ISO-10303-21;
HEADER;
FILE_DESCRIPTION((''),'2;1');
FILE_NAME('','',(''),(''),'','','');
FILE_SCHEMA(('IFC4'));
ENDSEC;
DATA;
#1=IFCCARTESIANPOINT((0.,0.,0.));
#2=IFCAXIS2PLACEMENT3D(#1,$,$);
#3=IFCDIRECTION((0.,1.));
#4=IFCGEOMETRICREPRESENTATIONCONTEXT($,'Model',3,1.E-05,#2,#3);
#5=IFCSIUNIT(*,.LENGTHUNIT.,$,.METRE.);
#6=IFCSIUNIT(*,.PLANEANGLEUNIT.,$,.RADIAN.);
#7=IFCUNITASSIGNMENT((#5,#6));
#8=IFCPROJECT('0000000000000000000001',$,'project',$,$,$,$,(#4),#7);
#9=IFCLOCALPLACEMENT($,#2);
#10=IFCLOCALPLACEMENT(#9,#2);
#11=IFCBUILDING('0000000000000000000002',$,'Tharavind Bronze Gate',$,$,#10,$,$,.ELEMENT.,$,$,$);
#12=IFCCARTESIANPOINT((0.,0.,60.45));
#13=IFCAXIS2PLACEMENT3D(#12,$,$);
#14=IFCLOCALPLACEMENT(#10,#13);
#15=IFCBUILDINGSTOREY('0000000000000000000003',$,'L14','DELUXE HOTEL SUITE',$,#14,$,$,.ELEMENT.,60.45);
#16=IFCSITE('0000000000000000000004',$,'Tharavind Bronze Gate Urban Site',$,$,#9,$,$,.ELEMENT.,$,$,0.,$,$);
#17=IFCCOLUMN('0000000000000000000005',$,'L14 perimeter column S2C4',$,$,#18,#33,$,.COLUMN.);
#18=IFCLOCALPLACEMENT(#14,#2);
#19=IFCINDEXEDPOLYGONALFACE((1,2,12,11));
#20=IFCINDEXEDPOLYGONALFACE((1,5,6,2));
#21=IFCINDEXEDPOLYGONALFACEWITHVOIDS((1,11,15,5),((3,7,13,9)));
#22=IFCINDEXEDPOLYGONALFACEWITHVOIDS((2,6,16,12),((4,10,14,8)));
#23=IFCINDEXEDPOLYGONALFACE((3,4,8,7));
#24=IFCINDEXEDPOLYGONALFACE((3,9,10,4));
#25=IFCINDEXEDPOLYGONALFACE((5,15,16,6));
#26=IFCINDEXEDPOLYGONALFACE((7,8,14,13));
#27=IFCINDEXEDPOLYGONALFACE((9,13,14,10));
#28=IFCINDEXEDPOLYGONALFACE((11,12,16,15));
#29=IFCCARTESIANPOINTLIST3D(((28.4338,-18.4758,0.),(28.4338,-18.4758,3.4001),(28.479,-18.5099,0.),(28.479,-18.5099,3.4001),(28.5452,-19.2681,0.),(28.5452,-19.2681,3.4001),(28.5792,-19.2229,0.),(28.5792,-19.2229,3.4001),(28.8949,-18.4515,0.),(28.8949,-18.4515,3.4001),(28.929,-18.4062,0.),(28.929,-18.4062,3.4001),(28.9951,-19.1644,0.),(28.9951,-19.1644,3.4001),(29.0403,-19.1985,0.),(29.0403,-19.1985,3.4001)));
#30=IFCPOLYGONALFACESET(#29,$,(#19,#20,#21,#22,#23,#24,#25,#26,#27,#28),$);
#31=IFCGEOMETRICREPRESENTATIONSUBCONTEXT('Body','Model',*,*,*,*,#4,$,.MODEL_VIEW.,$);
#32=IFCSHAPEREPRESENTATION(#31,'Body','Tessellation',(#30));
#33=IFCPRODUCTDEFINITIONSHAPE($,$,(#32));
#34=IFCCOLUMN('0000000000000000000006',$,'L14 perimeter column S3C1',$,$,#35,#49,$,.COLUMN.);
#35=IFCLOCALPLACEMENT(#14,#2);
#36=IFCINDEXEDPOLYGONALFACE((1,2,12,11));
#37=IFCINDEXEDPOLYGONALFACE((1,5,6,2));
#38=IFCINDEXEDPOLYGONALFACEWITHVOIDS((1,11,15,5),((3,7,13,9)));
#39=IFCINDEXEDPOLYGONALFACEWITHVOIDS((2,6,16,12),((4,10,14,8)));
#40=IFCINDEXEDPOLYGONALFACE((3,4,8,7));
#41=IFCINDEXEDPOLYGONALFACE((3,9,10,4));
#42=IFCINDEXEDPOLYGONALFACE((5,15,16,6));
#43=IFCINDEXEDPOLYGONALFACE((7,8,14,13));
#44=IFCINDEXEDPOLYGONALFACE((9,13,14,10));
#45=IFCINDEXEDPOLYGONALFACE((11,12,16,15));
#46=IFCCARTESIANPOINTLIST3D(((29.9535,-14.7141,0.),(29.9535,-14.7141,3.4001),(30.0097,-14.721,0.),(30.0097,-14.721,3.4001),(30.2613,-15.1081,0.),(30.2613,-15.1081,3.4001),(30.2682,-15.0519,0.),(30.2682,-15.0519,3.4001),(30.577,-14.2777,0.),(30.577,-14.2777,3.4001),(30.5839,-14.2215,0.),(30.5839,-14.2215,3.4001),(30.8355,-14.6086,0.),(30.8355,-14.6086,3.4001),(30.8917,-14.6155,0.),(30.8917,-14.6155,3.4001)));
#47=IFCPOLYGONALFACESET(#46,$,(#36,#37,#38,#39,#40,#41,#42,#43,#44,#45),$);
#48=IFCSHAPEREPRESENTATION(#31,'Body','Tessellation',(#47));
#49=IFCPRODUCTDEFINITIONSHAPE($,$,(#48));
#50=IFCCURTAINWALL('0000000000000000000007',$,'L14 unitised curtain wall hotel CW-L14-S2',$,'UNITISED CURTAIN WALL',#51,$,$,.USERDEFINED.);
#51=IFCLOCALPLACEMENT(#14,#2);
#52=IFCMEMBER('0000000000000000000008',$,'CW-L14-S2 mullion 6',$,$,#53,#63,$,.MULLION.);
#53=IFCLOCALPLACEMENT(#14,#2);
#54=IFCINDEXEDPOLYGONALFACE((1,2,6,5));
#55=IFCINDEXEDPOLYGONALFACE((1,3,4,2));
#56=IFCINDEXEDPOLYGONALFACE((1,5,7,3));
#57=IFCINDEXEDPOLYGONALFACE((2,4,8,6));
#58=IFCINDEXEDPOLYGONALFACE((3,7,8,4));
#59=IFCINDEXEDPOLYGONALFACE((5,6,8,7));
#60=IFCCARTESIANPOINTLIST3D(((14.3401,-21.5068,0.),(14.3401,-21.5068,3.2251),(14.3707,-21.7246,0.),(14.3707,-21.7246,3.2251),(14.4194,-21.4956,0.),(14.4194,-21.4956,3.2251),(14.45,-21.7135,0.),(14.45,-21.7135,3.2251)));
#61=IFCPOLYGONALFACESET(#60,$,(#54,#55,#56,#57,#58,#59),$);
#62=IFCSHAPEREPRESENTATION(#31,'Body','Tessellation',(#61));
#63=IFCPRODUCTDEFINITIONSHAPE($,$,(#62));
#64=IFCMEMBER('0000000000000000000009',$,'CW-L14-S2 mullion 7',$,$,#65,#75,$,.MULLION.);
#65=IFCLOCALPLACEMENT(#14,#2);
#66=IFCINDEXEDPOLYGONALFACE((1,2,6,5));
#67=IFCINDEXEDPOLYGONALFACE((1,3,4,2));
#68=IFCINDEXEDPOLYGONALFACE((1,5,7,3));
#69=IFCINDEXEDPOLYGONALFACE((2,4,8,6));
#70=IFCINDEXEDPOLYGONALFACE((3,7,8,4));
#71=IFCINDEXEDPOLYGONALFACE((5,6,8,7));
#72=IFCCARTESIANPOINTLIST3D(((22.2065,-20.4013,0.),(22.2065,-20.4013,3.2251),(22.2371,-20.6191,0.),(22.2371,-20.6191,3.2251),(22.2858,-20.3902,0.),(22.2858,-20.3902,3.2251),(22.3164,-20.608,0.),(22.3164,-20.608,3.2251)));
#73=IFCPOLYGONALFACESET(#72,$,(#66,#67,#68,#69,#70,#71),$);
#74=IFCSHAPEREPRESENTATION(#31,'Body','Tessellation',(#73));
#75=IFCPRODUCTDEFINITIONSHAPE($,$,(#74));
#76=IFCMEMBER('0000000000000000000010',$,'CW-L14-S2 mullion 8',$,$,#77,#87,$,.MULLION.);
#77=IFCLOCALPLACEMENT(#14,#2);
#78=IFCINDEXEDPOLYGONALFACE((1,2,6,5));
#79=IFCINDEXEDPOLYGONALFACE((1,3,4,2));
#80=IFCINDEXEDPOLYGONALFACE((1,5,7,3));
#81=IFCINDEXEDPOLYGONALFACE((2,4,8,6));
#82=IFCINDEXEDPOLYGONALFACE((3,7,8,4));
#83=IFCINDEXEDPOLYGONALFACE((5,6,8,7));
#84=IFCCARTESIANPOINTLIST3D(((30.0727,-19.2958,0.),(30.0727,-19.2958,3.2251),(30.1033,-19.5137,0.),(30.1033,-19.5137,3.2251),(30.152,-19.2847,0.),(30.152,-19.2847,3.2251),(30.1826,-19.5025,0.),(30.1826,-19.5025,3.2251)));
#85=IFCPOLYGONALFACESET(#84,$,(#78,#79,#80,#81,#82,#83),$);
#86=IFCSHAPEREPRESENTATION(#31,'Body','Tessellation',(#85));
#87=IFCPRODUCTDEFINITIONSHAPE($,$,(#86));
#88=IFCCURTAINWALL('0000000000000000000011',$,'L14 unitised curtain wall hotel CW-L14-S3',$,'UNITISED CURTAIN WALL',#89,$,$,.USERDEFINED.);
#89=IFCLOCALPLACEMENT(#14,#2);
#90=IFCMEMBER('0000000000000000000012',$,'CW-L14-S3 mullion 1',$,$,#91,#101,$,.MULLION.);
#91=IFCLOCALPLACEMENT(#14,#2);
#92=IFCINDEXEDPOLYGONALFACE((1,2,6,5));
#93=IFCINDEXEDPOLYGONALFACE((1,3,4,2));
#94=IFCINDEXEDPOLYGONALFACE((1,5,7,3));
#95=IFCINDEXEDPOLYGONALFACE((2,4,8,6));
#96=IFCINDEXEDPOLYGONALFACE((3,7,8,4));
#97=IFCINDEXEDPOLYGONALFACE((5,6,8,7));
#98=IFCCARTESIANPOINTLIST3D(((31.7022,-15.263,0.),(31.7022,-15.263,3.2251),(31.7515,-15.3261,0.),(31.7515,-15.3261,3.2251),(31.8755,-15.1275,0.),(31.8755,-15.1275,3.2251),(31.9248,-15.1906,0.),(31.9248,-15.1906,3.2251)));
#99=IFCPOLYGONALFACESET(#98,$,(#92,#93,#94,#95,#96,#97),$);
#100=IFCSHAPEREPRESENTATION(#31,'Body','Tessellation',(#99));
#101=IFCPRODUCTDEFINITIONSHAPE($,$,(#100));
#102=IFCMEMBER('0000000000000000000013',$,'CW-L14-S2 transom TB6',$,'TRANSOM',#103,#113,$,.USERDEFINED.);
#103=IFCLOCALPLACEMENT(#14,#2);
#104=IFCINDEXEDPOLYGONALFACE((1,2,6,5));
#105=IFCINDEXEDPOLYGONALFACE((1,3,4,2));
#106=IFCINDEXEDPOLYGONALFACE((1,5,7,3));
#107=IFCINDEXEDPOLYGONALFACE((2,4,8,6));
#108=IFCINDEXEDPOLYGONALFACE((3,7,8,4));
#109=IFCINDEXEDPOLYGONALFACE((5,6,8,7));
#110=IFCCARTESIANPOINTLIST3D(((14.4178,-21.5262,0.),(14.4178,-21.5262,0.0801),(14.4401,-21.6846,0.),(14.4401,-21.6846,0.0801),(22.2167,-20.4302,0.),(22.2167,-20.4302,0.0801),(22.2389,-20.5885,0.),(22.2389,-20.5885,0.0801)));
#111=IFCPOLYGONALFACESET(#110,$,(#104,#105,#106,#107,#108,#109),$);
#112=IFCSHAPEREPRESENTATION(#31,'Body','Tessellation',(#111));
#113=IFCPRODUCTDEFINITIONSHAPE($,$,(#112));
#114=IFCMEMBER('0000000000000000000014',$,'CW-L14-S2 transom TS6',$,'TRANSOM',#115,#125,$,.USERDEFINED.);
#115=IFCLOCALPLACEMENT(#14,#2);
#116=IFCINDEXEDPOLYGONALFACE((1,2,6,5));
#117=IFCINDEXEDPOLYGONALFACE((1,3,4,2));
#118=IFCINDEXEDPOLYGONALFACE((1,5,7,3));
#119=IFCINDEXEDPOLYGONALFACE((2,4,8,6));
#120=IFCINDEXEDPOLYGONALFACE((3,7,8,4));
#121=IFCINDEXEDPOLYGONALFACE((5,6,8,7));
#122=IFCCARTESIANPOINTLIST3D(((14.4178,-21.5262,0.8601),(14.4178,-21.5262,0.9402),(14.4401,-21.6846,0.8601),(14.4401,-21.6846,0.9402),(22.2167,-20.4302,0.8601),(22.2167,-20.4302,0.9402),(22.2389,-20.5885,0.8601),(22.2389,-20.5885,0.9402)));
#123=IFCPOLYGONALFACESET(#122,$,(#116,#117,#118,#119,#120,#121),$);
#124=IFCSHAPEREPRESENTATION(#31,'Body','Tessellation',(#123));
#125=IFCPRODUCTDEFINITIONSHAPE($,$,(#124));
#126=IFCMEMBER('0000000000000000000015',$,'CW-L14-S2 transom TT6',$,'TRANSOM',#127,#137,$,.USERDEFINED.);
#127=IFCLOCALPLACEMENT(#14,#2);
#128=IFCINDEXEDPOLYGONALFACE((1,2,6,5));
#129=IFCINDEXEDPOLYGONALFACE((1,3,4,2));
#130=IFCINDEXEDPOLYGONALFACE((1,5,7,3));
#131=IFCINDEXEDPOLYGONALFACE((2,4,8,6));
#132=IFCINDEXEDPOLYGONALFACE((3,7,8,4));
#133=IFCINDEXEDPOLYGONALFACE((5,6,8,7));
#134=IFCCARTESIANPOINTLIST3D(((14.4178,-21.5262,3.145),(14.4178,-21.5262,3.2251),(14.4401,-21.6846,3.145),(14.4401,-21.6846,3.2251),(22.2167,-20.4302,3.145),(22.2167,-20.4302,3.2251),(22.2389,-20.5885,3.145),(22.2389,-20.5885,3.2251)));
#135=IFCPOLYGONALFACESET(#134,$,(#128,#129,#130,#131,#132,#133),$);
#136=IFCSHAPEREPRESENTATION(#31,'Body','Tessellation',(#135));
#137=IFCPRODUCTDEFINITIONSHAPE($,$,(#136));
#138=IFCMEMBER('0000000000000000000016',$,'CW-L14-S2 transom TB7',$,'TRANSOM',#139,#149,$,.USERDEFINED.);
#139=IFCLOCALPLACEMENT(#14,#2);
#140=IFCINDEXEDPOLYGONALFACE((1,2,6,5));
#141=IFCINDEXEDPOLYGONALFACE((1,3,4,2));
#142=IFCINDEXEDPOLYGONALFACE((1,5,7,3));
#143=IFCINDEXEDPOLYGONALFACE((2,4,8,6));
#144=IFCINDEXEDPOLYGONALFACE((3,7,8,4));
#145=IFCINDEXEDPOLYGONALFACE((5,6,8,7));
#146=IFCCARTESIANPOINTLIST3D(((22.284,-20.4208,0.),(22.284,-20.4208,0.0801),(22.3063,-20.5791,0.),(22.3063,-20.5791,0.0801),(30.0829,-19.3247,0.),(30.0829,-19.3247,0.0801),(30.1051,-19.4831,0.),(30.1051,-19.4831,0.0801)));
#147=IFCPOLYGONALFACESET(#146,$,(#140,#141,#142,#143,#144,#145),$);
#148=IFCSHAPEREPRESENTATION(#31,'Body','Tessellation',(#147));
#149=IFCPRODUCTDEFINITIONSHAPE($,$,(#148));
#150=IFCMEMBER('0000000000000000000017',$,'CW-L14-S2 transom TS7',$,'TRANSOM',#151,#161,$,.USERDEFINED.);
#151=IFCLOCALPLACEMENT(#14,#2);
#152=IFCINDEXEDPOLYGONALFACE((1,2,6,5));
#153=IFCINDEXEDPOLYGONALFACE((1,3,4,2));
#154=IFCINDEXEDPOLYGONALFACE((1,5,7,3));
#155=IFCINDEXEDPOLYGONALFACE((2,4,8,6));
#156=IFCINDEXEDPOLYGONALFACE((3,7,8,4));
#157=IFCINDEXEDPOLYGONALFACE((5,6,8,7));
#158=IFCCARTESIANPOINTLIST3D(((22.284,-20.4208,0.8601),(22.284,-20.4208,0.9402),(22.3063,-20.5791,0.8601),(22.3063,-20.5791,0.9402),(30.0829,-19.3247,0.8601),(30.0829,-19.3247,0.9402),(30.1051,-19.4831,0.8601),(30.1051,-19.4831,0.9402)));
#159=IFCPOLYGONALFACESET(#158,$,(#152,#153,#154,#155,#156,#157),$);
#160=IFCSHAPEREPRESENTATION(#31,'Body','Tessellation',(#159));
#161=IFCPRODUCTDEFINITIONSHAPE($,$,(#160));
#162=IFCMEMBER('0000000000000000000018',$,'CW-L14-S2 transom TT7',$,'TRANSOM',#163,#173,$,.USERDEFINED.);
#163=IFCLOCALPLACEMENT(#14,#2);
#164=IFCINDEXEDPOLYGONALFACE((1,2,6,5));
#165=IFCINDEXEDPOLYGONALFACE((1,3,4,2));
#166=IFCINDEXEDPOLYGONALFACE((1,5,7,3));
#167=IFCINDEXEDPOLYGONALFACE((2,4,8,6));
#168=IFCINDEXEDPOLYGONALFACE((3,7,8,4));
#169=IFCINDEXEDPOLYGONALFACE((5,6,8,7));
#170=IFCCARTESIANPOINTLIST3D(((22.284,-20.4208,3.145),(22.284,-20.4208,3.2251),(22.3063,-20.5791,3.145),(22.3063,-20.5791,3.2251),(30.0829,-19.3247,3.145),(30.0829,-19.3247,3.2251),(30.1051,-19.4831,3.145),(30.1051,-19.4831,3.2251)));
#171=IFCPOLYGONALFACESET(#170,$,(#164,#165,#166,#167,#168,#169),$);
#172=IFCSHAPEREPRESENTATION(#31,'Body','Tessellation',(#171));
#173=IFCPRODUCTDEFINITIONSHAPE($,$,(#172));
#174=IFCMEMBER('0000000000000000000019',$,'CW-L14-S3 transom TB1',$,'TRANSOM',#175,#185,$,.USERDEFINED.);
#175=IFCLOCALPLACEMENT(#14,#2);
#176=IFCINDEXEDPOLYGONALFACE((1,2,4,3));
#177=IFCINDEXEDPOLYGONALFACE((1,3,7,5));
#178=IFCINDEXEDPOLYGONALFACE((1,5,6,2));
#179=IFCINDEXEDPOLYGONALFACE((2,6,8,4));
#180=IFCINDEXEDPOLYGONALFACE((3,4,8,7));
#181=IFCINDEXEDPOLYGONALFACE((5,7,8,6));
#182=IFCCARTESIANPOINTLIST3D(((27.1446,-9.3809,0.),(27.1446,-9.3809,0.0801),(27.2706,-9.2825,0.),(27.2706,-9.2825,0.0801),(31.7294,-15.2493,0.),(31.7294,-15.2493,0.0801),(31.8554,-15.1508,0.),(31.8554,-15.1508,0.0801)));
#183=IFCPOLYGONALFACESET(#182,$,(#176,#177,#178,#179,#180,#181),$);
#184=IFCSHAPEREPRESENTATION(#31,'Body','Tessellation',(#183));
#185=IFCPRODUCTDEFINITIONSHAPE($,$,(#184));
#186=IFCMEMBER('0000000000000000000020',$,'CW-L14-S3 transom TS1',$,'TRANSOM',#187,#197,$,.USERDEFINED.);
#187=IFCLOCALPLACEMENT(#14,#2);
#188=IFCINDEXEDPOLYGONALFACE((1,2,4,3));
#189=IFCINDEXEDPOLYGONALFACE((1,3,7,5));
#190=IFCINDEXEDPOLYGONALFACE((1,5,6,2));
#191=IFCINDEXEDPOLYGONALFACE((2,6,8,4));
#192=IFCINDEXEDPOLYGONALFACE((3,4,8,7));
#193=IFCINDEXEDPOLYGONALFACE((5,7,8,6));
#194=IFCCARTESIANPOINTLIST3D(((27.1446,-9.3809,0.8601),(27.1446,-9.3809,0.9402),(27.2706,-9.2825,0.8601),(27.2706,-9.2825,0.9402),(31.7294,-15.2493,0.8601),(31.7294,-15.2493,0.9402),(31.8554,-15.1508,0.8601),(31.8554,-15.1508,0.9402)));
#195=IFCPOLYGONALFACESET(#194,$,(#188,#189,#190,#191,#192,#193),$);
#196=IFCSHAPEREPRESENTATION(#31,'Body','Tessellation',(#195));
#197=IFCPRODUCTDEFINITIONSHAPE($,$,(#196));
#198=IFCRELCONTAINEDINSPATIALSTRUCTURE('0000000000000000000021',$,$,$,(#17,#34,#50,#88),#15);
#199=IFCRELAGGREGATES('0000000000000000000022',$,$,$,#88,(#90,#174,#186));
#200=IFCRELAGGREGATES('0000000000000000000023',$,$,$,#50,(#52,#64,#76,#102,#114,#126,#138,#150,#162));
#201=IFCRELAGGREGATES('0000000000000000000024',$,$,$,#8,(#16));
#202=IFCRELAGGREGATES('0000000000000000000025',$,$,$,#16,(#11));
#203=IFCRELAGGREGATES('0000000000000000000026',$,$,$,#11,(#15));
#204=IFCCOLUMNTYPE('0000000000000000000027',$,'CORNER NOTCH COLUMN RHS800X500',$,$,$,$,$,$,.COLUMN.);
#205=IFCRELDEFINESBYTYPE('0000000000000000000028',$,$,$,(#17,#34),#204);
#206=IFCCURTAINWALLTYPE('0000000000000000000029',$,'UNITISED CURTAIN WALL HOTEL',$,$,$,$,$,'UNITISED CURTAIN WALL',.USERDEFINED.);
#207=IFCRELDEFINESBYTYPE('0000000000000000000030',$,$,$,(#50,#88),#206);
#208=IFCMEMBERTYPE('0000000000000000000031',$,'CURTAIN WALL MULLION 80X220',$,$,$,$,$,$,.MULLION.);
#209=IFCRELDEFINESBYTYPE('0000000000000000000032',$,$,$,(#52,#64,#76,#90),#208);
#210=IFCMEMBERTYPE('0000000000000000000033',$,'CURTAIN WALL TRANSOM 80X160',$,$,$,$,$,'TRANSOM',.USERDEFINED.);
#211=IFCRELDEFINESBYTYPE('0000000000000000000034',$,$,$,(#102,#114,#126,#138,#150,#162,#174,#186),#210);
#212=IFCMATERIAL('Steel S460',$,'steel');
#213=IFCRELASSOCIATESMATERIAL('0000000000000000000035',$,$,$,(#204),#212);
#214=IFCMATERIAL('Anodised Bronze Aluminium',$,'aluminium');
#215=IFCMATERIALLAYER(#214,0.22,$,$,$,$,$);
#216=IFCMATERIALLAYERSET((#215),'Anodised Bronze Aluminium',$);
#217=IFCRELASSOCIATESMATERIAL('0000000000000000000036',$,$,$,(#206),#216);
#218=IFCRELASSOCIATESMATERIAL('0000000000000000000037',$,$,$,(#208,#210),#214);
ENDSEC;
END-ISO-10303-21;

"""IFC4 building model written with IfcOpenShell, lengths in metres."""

from ifc_helpers import new_model, si_unit, direction, frame, origin, origin_2d, place, context, subcontext, project, spatial, rectangle, hollow_rectangle, extrude, material, layer, layer_set, material_profile, profile_set, type_object, element, aggregate, save


model = new_model("IFC4")

# Units and contexts
model_context = context("Model", 3, precision=1e-05, world=origin(), true_north=direction((0.0, 1.0)))
body_context = subcontext(model_context, "Body", "Model", "MODEL_VIEW")
ifc_project = project(units=[si_unit("LENGTHUNIT", "METRE"), si_unit("PLANEANGLEUNIT", "RADIAN")], contexts=[model_context])

# Site, building, storey
site_placement = place(None, origin())
site = spatial("IfcSite", under=ifc_project, at=site_placement, Name="Tharavind Bronze Gate Urban Site", CompositionType="ELEMENT", RefElevation=0.0)
building_placement = place(site_placement, origin())
building = spatial("IfcBuilding", under=site, at=building_placement, Name="Tharavind Bronze Gate", CompositionType="ELEMENT")
storey_placement = place(building_placement, frame((0.0, 0.0, 60.45)))
storey = spatial("IfcBuildingStorey", under=building, at=storey_placement, Name="L14", Description="DELUXE HOTEL SUITE", CompositionType="ELEMENT", Elevation=60.45)

# Columns
ifc_material_1 = material(Name="Steel S460", Category="steel")
ifc_material_profile_1 = material_profile(ifc_material_1, hollow_rectangle(XDim=0.5, YDim=0.8, WallThickness=0.04, at=origin_2d()), Name="RHS800X500X40")
ifc_profile_set_1 = profile_set([ifc_material_profile_1], Name="Steel S460")
column_type = type_object("IfcColumnType", Name="CORNER NOTCH COLUMN RHS800X500", PredefinedType="COLUMN", material=ifc_profile_set_1)
for number, where, z_axis, x_axis, name in (
    (1, (28.7371, -18.8372, 0.0), (0.0, 0.0, 1.0), (0.990268, 0.139173, 0.0), "L14 perimeter column S2C4"),
    (2, (30.4226, -14.6648, 0.0), (0.0, 0.0, 1.0), (-0.615661, 0.788011, 0.0), "L14 perimeter column S3C1"),
):
    element("IfcColumn", number, at=place(storey_placement, frame(where, z_axis=z_axis, x_axis=x_axis)), inside=storey, type_object=column_type, Name=name, PredefinedType="COLUMN", context=body_context, shape_type="SweptSolid", body=[
        extrude(hollow_rectangle(XDim=0.5, YDim=0.8, WallThickness=0.04, at=origin_2d()), origin(), (0.0, 0.0, 1.0), 3.4001),
    ])

# Curtain wall, members
ifc_material_2 = material(Name="Anodised Bronze Aluminium", Category="aluminium")
ifc_layer_1 = layer(ifc_material_2, 0.22)
ifc_layer_set_1 = layer_set([ifc_layer_1], Name="Anodised Bronze Aluminium")
curtain_wall_type = type_object("IfcCurtainWallType", Name="UNITISED CURTAIN WALL HOTEL", ElementType="UNITISED CURTAIN WALL", PredefinedType="USERDEFINED", material=ifc_layer_set_1)
curtain_wall_1_placement = place(storey_placement, origin())
curtain_wall_1 = element("IfcCurtainWall", 3, at=curtain_wall_1_placement, inside=storey, type_object=curtain_wall_type, Name="L14 unitised curtain wall hotel CW-L14-S2", ObjectType="UNITISED CURTAIN WALL", PredefinedType="USERDEFINED")
member_type_1 = type_object("IfcMemberType", Name="CURTAIN WALL MULLION 80X220", PredefinedType="MULLION", material=ifc_material_2)
member_1_placement = place(storey_placement, frame((14.395, -21.6101, 0.0), z_axis=(0.0, 0.0, 1.0), x_axis=(0.990268, 0.139173, 0.0)))
member_1 = element("IfcMember", 4, at=member_1_placement, type_object=member_type_1, Name="CW-L14-S2 mullion 6", PredefinedType="MULLION", context=body_context, shape_type="SweptSolid", body=[
    extrude(rectangle(XDim=0.0801, YDim=0.22, at=origin_2d()), origin(), (0.0, 0.0, 1.0), 3.2251),
])
member_2_placement = place(storey_placement, frame((22.2615, -20.5046, 0.0), z_axis=(0.0, 0.0, 1.0), x_axis=(0.990268, 0.139173, 0.0)))
member_2 = element("IfcMember", 5, at=member_2_placement, type_object=member_type_1, Name="CW-L14-S2 mullion 7", PredefinedType="MULLION", context=body_context, shape_type="SweptSolid", body=[
    extrude(rectangle(XDim=0.0801, YDim=0.22, at=origin_2d()), origin(), (0.0, 0.0, 1.0), 3.2251),
])
member_3_placement = place(storey_placement, frame((30.1277, -19.3992, 0.0), z_axis=(0.0, 0.0, 1.0), x_axis=(0.990268, 0.139173, 0.0)))
member_3 = element("IfcMember", 6, at=member_3_placement, type_object=member_type_1, Name="CW-L14-S2 mullion 8", PredefinedType="MULLION", context=body_context, shape_type="SweptSolid", body=[
    extrude(rectangle(XDim=0.0801, YDim=0.22, at=origin_2d()), origin(), (0.0, 0.0, 1.0), 3.2251),
])

# Curtain wall, member
curtain_wall_2_placement = place(storey_placement, origin())
curtain_wall_2 = element("IfcCurtainWall", 7, at=curtain_wall_2_placement, inside=storey, type_object=curtain_wall_type, Name="L14 unitised curtain wall hotel CW-L14-S3", ObjectType="UNITISED CURTAIN WALL", PredefinedType="USERDEFINED")
member_4_placement = place(storey_placement, frame((31.8135, -15.2268, 0.0), z_axis=(0.0, 0.0, 1.0), x_axis=(-0.615661, 0.788011, 0.0)))
member_4 = element("IfcMember", 8, at=member_4_placement, type_object=member_type_1, Name="CW-L14-S3 mullion 1", PredefinedType="MULLION", context=body_context, shape_type="SweptSolid", body=[
    extrude(rectangle(XDim=0.0801, YDim=0.22, at=origin_2d()), origin(), (0.0, 0.0, 1.0), 3.2251),
])

# Members
member_type_2 = type_object("IfcMemberType", Name="CURTAIN WALL TRANSOM 80X160", ElementType="TRANSOM", PredefinedType="USERDEFINED", material=ifc_material_2)
member_5_placement = place(storey_placement, frame((18.3284, -21.0574, 0.0), z_axis=(0.0, 0.0, 1.0), x_axis=(0.990268, 0.139173, 0.0)))
member_5 = element("IfcMember", 9, at=member_5_placement, type_object=member_type_2, Name="CW-L14-S2 transom TB6", ObjectType="TRANSOM", PredefinedType="USERDEFINED", context=body_context, shape_type="SweptSolid", body=[
    extrude(rectangle(XDim=7.8755, YDim=0.1599, at=origin_2d()), origin(), (0.0, 0.0, 1.0), 0.0801),
])
member_6_placement = place(storey_placement, frame((18.3284, -21.0574, 0.8601), z_axis=(0.0, 0.0, 1.0), x_axis=(0.990268, 0.139173, 0.0)))
member_6 = element("IfcMember", 10, at=member_6_placement, type_object=member_type_2, Name="CW-L14-S2 transom TS6", ObjectType="TRANSOM", PredefinedType="USERDEFINED", context=body_context, shape_type="SweptSolid", body=[
    extrude(rectangle(XDim=7.8755, YDim=0.1599, at=origin_2d()), origin(), (0.0, 0.0, 1.0), 0.0801),
])
member_7_placement = place(storey_placement, frame((18.3284, -21.0574, 3.145), z_axis=(0.0, 0.0, 1.0), x_axis=(0.990268, 0.139173, 0.0)))
member_7 = element("IfcMember", 11, at=member_7_placement, type_object=member_type_2, Name="CW-L14-S2 transom TT6", ObjectType="TRANSOM", PredefinedType="USERDEFINED", context=body_context, shape_type="SweptSolid", body=[
    extrude(rectangle(XDim=7.8755, YDim=0.1599, at=origin_2d()), origin(), (0.0, 0.0, 1.0), 0.0801),
])
member_8_placement = place(storey_placement, frame((26.1946, -19.9519, 0.0), z_axis=(0.0, 0.0, 1.0), x_axis=(0.990268, 0.139173, 0.0)))
member_8 = element("IfcMember", 12, at=member_8_placement, type_object=member_type_2, Name="CW-L14-S2 transom TB7", ObjectType="TRANSOM", PredefinedType="USERDEFINED", context=body_context, shape_type="SweptSolid", body=[
    extrude(rectangle(XDim=7.8755, YDim=0.1599, at=origin_2d()), origin(), (0.0, 0.0, 1.0), 0.0801),
])
member_9_placement = place(storey_placement, frame((26.1946, -19.9519, 0.8601), z_axis=(0.0, 0.0, 1.0), x_axis=(0.990268, 0.139173, 0.0)))
member_9 = element("IfcMember", 13, at=member_9_placement, type_object=member_type_2, Name="CW-L14-S2 transom TS7", ObjectType="TRANSOM", PredefinedType="USERDEFINED", context=body_context, shape_type="SweptSolid", body=[
    extrude(rectangle(XDim=7.8755, YDim=0.1599, at=origin_2d()), origin(), (0.0, 0.0, 1.0), 0.0801),
])
member_10_placement = place(storey_placement, frame((26.1946, -19.9519, 3.145), z_axis=(0.0, 0.0, 1.0), x_axis=(0.990268, 0.139173, 0.0)))
member_10 = element("IfcMember", 14, at=member_10_placement, type_object=member_type_2, Name="CW-L14-S2 transom TT7", ObjectType="TRANSOM", PredefinedType="USERDEFINED", context=body_context, shape_type="SweptSolid", body=[
    extrude(rectangle(XDim=7.8755, YDim=0.1599, at=origin_2d()), origin(), (0.0, 0.0, 1.0), 0.0801),
])
member_11_placement = place(storey_placement, frame((29.5, -12.2659, 0.0), z_axis=(0.0, 0.0, 1.0), x_axis=(-0.615661, 0.788011, 0.0)))
member_11 = element("IfcMember", 15, at=member_11_placement, type_object=member_type_2, Name="CW-L14-S3 transom TB1", ObjectType="TRANSOM", PredefinedType="USERDEFINED", context=body_context, shape_type="SweptSolid", body=[
    extrude(rectangle(XDim=7.447, YDim=0.1599, at=origin_2d()), origin(), (0.0, 0.0, 1.0), 0.0801),
])
member_12_placement = place(storey_placement, frame((29.5, -12.2659, 0.8601), z_axis=(0.0, 0.0, 1.0), x_axis=(-0.615661, 0.788011, 0.0)))
member_12 = element("IfcMember", 16, at=member_12_placement, type_object=member_type_2, Name="CW-L14-S3 transom TS1", ObjectType="TRANSOM", PredefinedType="USERDEFINED", context=body_context, shape_type="SweptSolid", body=[
    extrude(rectangle(XDim=7.447, YDim=0.1599, at=origin_2d()), origin(), (0.0, 0.0, 1.0), 0.0801),
])
aggregate(curtain_wall_2, [member_4, member_11, member_12])

aggregate(curtain_wall_1, [member_1, member_2, member_3, member_5, member_6, member_7, member_8, member_9, member_10])

save(model, "model.ifc")
